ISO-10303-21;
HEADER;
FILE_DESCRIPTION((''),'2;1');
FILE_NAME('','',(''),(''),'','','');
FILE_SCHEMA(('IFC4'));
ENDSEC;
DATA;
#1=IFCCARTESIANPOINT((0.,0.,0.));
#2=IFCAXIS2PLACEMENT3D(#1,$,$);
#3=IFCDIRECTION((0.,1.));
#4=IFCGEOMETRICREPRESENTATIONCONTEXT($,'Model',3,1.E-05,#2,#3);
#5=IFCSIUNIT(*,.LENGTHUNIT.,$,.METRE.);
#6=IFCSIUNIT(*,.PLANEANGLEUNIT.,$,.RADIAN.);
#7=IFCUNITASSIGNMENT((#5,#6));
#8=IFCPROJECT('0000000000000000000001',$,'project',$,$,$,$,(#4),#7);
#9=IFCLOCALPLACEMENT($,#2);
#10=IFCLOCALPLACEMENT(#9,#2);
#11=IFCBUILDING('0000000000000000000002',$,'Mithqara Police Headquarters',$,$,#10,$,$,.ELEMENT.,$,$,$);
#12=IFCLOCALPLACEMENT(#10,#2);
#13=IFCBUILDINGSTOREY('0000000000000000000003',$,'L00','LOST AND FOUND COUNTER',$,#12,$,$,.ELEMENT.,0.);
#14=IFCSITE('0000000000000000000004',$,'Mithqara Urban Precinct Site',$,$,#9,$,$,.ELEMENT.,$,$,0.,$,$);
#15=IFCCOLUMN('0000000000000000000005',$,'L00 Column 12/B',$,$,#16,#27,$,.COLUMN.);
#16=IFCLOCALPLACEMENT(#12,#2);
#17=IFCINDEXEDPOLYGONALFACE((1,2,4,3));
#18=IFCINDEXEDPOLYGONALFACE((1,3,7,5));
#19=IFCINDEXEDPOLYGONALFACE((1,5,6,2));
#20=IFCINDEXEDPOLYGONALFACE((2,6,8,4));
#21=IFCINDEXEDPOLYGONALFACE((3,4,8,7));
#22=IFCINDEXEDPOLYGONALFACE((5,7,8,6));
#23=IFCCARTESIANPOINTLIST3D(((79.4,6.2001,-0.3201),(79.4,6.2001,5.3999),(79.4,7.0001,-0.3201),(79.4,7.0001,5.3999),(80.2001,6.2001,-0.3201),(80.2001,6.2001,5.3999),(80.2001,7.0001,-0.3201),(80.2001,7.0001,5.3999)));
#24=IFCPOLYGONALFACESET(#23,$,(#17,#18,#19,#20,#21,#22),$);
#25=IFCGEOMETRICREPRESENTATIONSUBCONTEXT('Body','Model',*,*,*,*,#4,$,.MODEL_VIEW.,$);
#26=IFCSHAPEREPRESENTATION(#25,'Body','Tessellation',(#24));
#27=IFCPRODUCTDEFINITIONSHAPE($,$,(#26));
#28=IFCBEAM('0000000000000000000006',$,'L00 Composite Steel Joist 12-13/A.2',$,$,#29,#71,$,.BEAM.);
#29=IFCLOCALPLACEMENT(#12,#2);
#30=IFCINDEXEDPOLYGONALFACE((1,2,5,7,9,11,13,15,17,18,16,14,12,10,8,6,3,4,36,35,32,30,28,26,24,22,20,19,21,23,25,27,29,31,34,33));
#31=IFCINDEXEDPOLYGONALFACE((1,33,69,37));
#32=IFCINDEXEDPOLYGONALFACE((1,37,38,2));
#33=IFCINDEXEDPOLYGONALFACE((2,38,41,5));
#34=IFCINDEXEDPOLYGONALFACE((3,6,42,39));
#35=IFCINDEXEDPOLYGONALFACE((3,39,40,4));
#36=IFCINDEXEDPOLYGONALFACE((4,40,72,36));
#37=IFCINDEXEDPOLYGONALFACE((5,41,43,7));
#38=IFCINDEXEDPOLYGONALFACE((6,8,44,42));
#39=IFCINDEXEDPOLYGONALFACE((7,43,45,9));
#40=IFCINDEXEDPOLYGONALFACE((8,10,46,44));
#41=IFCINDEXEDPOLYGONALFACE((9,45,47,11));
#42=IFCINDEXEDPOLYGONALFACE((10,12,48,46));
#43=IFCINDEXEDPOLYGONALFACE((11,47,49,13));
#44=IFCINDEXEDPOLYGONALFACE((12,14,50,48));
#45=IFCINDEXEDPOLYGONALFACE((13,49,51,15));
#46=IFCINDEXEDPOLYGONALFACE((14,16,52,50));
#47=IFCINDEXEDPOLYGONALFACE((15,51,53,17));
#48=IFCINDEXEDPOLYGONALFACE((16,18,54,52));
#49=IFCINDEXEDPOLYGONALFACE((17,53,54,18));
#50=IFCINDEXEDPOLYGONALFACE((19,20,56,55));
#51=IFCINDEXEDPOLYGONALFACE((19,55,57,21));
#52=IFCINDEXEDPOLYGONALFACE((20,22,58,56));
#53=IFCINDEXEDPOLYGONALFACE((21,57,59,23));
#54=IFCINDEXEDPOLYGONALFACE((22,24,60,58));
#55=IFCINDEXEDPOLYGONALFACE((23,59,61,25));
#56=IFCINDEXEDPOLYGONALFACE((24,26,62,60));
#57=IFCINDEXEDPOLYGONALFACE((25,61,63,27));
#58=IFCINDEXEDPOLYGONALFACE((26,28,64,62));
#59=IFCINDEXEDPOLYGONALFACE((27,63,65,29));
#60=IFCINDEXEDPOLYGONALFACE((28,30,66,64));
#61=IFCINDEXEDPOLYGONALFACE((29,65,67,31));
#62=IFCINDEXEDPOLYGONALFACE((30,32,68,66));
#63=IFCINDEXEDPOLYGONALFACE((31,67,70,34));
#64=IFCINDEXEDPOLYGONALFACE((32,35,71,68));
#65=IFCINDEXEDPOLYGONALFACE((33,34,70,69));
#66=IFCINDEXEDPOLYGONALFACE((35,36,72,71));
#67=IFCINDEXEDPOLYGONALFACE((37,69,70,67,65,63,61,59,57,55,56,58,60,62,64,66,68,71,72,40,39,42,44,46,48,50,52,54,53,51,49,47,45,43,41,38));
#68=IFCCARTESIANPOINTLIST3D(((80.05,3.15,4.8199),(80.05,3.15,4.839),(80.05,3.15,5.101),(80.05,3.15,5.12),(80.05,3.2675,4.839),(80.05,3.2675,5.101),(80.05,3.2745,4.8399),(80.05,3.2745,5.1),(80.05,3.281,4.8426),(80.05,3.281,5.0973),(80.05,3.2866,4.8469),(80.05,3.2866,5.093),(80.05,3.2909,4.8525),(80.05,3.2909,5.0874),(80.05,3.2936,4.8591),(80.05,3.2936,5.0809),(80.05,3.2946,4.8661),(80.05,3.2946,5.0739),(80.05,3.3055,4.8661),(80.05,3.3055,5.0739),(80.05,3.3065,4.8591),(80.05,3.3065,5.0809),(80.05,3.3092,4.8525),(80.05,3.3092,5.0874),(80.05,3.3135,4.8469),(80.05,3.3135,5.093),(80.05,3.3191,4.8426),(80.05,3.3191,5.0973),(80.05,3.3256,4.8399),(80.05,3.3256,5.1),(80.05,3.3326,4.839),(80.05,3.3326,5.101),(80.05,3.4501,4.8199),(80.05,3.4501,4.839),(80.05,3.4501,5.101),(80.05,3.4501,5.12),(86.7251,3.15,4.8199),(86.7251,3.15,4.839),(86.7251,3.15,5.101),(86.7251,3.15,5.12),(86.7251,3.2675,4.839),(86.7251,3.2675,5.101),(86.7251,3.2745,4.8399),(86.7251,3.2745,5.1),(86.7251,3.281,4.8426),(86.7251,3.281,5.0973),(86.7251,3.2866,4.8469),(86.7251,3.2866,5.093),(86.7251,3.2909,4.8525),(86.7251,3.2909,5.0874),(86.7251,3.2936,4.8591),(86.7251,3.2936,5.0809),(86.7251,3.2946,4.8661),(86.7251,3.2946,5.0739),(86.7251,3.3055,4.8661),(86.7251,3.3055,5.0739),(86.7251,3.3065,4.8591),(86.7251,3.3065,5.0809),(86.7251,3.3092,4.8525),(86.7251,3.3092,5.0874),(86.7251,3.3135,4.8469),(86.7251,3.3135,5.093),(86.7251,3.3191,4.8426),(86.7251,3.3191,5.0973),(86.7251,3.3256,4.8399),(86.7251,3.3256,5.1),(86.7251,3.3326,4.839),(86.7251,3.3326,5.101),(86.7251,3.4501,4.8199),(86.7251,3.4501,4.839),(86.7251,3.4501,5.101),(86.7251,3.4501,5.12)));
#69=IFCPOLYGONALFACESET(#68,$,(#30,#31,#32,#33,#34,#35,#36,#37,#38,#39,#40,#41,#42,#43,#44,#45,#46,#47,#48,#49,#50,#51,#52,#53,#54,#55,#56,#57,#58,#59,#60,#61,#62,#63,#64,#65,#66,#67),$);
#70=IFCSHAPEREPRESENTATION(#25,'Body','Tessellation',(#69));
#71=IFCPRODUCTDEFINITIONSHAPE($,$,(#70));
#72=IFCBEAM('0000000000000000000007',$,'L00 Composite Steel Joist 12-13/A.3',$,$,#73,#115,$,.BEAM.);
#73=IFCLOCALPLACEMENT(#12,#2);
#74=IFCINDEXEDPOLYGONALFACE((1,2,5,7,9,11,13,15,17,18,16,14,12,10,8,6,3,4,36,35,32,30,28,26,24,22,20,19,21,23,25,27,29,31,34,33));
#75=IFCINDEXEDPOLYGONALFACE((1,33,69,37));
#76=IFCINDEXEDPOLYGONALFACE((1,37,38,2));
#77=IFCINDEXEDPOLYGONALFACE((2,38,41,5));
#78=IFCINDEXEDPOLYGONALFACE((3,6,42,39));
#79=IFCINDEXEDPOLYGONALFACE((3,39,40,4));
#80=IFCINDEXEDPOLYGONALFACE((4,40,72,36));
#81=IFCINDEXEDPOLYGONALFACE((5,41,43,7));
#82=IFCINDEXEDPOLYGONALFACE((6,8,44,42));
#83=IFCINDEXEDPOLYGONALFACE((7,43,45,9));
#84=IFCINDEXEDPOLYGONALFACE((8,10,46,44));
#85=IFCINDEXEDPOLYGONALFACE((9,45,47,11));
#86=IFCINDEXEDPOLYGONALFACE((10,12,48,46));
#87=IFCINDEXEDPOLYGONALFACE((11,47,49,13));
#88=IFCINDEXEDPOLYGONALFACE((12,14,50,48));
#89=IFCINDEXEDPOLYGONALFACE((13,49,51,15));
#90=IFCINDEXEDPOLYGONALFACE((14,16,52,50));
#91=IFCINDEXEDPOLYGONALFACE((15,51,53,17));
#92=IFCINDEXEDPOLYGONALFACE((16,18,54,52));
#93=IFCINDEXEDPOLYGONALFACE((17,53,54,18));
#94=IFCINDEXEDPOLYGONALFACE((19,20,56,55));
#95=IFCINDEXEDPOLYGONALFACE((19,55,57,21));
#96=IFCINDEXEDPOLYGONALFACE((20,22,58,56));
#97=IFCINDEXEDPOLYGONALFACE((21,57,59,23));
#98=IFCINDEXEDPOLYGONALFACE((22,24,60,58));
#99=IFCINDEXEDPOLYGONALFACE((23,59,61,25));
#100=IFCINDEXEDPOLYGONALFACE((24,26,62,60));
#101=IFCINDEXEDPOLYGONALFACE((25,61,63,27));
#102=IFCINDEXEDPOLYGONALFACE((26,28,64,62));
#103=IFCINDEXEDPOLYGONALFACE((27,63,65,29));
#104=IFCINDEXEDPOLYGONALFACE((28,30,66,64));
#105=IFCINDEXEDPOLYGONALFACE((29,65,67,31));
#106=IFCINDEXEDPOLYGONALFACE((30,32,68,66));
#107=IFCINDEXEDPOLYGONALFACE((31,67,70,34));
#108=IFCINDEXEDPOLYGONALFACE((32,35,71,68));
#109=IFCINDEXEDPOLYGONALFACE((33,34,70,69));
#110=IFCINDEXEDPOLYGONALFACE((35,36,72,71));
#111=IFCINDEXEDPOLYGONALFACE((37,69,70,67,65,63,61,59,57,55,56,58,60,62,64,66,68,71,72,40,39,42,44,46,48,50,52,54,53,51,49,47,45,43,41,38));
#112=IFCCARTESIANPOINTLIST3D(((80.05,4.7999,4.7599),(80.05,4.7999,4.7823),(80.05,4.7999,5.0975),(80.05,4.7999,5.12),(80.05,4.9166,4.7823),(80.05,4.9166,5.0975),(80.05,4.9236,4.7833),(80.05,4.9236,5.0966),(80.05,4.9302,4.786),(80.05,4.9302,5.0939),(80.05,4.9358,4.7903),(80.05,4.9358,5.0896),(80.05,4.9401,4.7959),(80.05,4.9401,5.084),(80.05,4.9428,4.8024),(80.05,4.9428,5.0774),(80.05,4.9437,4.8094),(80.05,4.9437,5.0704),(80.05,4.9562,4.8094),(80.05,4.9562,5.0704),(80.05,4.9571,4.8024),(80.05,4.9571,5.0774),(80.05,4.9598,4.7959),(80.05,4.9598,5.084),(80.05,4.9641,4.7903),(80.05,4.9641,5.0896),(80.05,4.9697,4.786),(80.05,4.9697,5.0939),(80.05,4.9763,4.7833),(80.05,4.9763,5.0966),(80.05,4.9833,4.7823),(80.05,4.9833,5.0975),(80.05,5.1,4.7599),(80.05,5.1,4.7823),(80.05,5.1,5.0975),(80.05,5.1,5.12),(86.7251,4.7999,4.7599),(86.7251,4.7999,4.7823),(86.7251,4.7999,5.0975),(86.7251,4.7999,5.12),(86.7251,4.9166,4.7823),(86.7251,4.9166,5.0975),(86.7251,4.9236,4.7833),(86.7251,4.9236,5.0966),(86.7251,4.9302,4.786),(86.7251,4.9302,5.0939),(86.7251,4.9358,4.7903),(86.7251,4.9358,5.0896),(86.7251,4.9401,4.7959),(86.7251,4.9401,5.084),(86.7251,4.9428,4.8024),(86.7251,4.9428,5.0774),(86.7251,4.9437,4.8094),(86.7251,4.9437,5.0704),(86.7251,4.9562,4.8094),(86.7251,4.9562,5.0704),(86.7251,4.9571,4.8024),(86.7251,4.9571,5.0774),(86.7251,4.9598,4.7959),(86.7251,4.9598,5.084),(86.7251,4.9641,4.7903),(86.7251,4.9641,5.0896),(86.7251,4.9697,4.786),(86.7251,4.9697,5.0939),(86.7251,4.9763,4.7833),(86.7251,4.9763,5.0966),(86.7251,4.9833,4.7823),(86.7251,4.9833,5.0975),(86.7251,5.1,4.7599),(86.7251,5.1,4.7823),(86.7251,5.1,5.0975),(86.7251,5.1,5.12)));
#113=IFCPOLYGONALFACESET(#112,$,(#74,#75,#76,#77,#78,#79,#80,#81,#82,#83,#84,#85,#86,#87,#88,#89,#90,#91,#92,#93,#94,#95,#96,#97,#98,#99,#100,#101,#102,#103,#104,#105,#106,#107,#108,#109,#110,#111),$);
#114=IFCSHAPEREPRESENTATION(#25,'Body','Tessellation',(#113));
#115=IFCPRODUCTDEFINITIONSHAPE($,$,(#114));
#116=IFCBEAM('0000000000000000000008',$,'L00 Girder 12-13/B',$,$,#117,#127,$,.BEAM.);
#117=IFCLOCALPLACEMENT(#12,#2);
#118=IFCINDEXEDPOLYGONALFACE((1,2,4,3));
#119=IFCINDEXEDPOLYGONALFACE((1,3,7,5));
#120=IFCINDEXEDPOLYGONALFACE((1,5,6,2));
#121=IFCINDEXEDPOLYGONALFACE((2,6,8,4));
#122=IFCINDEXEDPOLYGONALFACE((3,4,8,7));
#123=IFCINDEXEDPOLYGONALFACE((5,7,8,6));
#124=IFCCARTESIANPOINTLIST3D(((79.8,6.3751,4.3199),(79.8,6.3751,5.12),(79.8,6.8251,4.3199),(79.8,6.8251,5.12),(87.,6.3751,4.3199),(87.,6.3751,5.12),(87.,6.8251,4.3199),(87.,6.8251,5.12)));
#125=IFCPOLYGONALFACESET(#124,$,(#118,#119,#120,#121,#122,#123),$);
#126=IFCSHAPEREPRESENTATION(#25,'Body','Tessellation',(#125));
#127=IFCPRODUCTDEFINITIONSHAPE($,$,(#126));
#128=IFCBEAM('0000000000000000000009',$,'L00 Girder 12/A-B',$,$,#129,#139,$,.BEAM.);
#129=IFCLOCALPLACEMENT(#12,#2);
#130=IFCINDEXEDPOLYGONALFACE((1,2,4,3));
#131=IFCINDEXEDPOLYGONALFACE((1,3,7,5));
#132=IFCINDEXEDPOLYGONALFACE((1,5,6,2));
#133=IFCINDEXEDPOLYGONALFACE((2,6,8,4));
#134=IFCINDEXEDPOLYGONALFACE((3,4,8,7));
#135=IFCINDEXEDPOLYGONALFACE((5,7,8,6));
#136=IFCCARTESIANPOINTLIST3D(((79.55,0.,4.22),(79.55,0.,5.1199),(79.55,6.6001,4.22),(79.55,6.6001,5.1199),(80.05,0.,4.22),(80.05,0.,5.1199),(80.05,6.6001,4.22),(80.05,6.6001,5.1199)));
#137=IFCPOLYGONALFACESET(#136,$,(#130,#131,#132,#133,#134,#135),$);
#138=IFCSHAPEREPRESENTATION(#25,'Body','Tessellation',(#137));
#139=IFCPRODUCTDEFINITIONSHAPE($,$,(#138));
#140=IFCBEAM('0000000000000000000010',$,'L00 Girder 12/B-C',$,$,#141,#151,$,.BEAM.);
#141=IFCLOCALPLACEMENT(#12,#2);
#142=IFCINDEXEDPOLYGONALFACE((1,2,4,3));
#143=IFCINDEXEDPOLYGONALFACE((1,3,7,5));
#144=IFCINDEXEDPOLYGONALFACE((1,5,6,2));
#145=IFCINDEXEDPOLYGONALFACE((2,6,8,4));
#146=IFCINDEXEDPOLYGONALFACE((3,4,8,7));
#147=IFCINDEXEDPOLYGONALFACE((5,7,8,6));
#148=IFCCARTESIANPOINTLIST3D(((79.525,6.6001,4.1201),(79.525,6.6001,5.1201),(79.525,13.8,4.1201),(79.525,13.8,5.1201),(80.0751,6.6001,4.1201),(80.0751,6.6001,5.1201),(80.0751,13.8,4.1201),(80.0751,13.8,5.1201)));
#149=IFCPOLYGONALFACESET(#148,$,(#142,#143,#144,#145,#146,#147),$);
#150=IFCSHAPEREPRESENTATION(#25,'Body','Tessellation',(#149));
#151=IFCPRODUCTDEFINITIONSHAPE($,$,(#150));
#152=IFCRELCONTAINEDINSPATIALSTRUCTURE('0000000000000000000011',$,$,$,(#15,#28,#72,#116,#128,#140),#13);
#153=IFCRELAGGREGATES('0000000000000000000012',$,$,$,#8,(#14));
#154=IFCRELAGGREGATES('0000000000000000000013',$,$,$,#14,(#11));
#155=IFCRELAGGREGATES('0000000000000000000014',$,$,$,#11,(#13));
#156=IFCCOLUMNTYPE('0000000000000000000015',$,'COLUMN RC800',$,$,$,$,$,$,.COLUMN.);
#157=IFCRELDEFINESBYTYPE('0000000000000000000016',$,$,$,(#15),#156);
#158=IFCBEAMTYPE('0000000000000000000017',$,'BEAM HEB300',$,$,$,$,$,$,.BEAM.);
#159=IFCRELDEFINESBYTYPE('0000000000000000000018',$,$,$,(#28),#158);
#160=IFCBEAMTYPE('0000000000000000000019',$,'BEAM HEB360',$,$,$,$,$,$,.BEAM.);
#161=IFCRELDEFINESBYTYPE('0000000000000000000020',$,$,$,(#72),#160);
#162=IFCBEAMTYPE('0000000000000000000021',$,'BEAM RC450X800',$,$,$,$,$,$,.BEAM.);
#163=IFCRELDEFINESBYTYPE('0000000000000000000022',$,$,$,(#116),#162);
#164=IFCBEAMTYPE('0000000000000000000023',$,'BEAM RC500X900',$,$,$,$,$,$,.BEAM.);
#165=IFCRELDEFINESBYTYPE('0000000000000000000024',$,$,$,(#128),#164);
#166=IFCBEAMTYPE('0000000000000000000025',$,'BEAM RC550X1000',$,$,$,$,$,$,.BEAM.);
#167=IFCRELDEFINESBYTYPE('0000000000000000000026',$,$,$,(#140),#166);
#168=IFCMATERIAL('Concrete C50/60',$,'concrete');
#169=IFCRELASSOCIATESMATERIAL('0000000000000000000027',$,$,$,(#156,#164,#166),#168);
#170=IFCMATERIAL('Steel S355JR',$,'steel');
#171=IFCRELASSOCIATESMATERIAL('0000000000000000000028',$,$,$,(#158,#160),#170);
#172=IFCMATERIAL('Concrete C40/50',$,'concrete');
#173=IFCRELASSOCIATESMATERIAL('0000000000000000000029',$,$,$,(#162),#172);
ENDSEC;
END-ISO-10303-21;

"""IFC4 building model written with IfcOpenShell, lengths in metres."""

from ifc_helpers import new_model, si_unit, direction, frame, origin, origin_2d, place, context, subcontext, project, spatial, rectangle, i_section, extrude, material, material_profile, profile_set, type_object, element, save


model = new_model("IFC4")

# Units and contexts
model_context = context("Model", 3, precision=1e-05, world=origin(), true_north=direction((0.0, 1.0)))
body_context = subcontext(model_context, "Body", "Model", "MODEL_VIEW")
ifc_project = project(units=[si_unit("LENGTHUNIT", "METRE"), si_unit("PLANEANGLEUNIT", "RADIAN")], contexts=[model_context])

# Site, building, storey
site_placement = place(None, origin())
site = spatial("IfcSite", under=ifc_project, at=site_placement, Name="Mithqara Urban Precinct Site", CompositionType="ELEMENT", RefElevation=0.0)
building_placement = place(site_placement, origin())
building = spatial("IfcBuilding", under=site, at=building_placement, Name="Mithqara Police Headquarters", CompositionType="ELEMENT")
storey_placement = place(building_placement, origin())
storey = spatial("IfcBuildingStorey", under=building, at=storey_placement, Name="L00", Description="LOST AND FOUND COUNTER", CompositionType="ELEMENT", Elevation=0.0)

# Shared definitions
ifc_material_1 = material(Name="Concrete C40/50", Category="concrete")

# Column
ifc_material_2 = material(Name="Concrete C50/60", Category="concrete")
ifc_material_profile_1 = material_profile(ifc_material_2, rectangle(XDim=0.8, YDim=0.8, at=origin_2d()), Name="RC 800x800")
ifc_profile_set_1 = profile_set([ifc_material_profile_1], Name="Concrete C50/60")
column_type_1 = type_object("IfcColumnType", Name="COLUMN RC800", PredefinedType="COLUMN", material=ifc_profile_set_1)
column_1_placement = place(storey_placement, frame((79.8, 6.6001, -0.3201), z_axis=(0.0, 0.0, 1.0), x_axis=(1.0, 0.0, 0.0)))
element("IfcColumn", 1, at=column_1_placement, inside=storey, type_object=column_type_1, Name="L00 Column 12/B", PredefinedType="COLUMN", context=body_context, shape_type="SweptSolid", body=[
    extrude(rectangle(XDim=0.8, YDim=0.8, at=origin_2d()), origin(), (0.0, 0.0, 1.0), 5.72),
])

# Beams
ifc_material_3 = material(Name="Steel S355JR", Category="steel")
ifc_material_profile_2 = material_profile(ifc_material_3, i_section(OverallWidth=0.3, OverallDepth=0.3, WebThickness=0.011, FlangeThickness=0.019, FilletRadius=0.0271, at=origin_2d()), Name="HEB 300")
ifc_profile_set_2 = profile_set([ifc_material_profile_2], Name="Steel S355JR")
beam_type_1 = type_object("IfcBeamType", Name="BEAM HEB300", PredefinedType="BEAM", material=ifc_profile_set_2)
beam_1_placement = place(storey_placement, frame((80.05, 3.3, 4.97), z_axis=(1.0, 0.0, 0.0), x_axis=(0.0, 1.0, 0.0)))
element("IfcBeam", 2, at=beam_1_placement, inside=storey, type_object=beam_type_1, Name="L00 Composite Steel Joist 12-13/A.2", PredefinedType="BEAM", context=body_context, shape_type="SweptSolid", body=[
    extrude(i_section(OverallWidth=0.3, OverallDepth=0.3, WebThickness=0.011, FlangeThickness=0.019, FilletRadius=0.0271, at=origin_2d()), origin(), (0.0, 0.0, 1.0), 6.675),
])
ifc_material_profile_3 = material_profile(ifc_material_3, i_section(OverallWidth=0.3, OverallDepth=0.3601, WebThickness=0.0125, FlangeThickness=0.0225, FilletRadius=0.0271, at=origin_2d()), Name="HEB 360")
ifc_profile_set_3 = profile_set([ifc_material_profile_3], Name="Steel S355JR")
beam_type_2 = type_object("IfcBeamType", Name="BEAM HEB360", PredefinedType="BEAM", material=ifc_profile_set_3)
beam_2_placement = place(storey_placement, frame((80.05, 4.95, 4.9399), z_axis=(1.0, 0.0, 0.0), x_axis=(0.0, 1.0, 0.0)))
element("IfcBeam", 3, at=beam_2_placement, inside=storey, type_object=beam_type_2, Name="L00 Composite Steel Joist 12-13/A.3", PredefinedType="BEAM", context=body_context, shape_type="SweptSolid", body=[
    extrude(i_section(OverallWidth=0.3, OverallDepth=0.3601, WebThickness=0.0125, FlangeThickness=0.0225, FilletRadius=0.0271, at=origin_2d()), origin(), (0.0, 0.0, 1.0), 6.675),
])
ifc_material_profile_4 = material_profile(ifc_material_1, rectangle(XDim=0.45, YDim=0.8, at=origin_2d()), Name="RC 450x800")
ifc_profile_set_4 = profile_set([ifc_material_profile_4], Name="Concrete C40/50")
beam_type_3 = type_object("IfcBeamType", Name="BEAM RC450X800", PredefinedType="BEAM", material=ifc_profile_set_4)
beam_3_placement = place(storey_placement, frame((79.8, 6.6001, 4.72), z_axis=(1.0, 0.0, 0.0), x_axis=(0.0, 1.0, 0.0)))
element("IfcBeam", 4, at=beam_3_placement, inside=storey, type_object=beam_type_3, Name="L00 Girder 12-13/B", PredefinedType="BEAM", context=body_context, shape_type="SweptSolid", body=[
    extrude(rectangle(XDim=0.45, YDim=0.8, at=origin_2d()), origin(), (0.0, 0.0, 1.0), 7.2),
])
ifc_material_profile_5 = material_profile(ifc_material_2, rectangle(XDim=0.5, YDim=0.8999, at=origin_2d()), Name="RC 500x900")
ifc_profile_set_5 = profile_set([ifc_material_profile_5], Name="Concrete C50/60")
beam_type_4 = type_object("IfcBeamType", Name="BEAM RC500X900", PredefinedType="BEAM", material=ifc_profile_set_5)
beam_4_placement = place(storey_placement, frame((79.8, 0.0, 4.6699), z_axis=(0.0, 1.0, 0.0), x_axis=(-1.0, 0.0, 0.0)))
element("IfcBeam", 5, at=beam_4_placement, inside=storey, type_object=beam_type_4, Name="L00 Girder 12/A-B", PredefinedType="BEAM", context=body_context, shape_type="SweptSolid", body=[
    extrude(rectangle(XDim=0.5, YDim=0.8999, at=origin_2d()), origin(), (0.0, 0.0, 1.0), 6.6001),
])
ifc_material_profile_6 = material_profile(ifc_material_2, rectangle(XDim=0.55, YDim=1.0, at=origin_2d()), Name="RC 550x1000")
ifc_profile_set_6 = profile_set([ifc_material_profile_6], Name="Concrete C50/60")
beam_type_5 = type_object("IfcBeamType", Name="BEAM RC550X1000", PredefinedType="BEAM", material=ifc_profile_set_6)
beam_5_placement = place(storey_placement, frame((79.8, 6.6001, 4.6201), z_axis=(0.0, 1.0, 0.0), x_axis=(-1.0, 0.0, 0.0)))
element("IfcBeam", 6, at=beam_5_placement, inside=storey, type_object=beam_type_5, Name="L00 Girder 12/B-C", PredefinedType="BEAM", context=body_context, shape_type="SweptSolid", body=[
    extrude(rectangle(XDim=0.55, YDim=1.0, at=origin_2d()), origin(), (0.0, 0.0, 1.0), 7.2),
])

save(model, "model.ifc")
